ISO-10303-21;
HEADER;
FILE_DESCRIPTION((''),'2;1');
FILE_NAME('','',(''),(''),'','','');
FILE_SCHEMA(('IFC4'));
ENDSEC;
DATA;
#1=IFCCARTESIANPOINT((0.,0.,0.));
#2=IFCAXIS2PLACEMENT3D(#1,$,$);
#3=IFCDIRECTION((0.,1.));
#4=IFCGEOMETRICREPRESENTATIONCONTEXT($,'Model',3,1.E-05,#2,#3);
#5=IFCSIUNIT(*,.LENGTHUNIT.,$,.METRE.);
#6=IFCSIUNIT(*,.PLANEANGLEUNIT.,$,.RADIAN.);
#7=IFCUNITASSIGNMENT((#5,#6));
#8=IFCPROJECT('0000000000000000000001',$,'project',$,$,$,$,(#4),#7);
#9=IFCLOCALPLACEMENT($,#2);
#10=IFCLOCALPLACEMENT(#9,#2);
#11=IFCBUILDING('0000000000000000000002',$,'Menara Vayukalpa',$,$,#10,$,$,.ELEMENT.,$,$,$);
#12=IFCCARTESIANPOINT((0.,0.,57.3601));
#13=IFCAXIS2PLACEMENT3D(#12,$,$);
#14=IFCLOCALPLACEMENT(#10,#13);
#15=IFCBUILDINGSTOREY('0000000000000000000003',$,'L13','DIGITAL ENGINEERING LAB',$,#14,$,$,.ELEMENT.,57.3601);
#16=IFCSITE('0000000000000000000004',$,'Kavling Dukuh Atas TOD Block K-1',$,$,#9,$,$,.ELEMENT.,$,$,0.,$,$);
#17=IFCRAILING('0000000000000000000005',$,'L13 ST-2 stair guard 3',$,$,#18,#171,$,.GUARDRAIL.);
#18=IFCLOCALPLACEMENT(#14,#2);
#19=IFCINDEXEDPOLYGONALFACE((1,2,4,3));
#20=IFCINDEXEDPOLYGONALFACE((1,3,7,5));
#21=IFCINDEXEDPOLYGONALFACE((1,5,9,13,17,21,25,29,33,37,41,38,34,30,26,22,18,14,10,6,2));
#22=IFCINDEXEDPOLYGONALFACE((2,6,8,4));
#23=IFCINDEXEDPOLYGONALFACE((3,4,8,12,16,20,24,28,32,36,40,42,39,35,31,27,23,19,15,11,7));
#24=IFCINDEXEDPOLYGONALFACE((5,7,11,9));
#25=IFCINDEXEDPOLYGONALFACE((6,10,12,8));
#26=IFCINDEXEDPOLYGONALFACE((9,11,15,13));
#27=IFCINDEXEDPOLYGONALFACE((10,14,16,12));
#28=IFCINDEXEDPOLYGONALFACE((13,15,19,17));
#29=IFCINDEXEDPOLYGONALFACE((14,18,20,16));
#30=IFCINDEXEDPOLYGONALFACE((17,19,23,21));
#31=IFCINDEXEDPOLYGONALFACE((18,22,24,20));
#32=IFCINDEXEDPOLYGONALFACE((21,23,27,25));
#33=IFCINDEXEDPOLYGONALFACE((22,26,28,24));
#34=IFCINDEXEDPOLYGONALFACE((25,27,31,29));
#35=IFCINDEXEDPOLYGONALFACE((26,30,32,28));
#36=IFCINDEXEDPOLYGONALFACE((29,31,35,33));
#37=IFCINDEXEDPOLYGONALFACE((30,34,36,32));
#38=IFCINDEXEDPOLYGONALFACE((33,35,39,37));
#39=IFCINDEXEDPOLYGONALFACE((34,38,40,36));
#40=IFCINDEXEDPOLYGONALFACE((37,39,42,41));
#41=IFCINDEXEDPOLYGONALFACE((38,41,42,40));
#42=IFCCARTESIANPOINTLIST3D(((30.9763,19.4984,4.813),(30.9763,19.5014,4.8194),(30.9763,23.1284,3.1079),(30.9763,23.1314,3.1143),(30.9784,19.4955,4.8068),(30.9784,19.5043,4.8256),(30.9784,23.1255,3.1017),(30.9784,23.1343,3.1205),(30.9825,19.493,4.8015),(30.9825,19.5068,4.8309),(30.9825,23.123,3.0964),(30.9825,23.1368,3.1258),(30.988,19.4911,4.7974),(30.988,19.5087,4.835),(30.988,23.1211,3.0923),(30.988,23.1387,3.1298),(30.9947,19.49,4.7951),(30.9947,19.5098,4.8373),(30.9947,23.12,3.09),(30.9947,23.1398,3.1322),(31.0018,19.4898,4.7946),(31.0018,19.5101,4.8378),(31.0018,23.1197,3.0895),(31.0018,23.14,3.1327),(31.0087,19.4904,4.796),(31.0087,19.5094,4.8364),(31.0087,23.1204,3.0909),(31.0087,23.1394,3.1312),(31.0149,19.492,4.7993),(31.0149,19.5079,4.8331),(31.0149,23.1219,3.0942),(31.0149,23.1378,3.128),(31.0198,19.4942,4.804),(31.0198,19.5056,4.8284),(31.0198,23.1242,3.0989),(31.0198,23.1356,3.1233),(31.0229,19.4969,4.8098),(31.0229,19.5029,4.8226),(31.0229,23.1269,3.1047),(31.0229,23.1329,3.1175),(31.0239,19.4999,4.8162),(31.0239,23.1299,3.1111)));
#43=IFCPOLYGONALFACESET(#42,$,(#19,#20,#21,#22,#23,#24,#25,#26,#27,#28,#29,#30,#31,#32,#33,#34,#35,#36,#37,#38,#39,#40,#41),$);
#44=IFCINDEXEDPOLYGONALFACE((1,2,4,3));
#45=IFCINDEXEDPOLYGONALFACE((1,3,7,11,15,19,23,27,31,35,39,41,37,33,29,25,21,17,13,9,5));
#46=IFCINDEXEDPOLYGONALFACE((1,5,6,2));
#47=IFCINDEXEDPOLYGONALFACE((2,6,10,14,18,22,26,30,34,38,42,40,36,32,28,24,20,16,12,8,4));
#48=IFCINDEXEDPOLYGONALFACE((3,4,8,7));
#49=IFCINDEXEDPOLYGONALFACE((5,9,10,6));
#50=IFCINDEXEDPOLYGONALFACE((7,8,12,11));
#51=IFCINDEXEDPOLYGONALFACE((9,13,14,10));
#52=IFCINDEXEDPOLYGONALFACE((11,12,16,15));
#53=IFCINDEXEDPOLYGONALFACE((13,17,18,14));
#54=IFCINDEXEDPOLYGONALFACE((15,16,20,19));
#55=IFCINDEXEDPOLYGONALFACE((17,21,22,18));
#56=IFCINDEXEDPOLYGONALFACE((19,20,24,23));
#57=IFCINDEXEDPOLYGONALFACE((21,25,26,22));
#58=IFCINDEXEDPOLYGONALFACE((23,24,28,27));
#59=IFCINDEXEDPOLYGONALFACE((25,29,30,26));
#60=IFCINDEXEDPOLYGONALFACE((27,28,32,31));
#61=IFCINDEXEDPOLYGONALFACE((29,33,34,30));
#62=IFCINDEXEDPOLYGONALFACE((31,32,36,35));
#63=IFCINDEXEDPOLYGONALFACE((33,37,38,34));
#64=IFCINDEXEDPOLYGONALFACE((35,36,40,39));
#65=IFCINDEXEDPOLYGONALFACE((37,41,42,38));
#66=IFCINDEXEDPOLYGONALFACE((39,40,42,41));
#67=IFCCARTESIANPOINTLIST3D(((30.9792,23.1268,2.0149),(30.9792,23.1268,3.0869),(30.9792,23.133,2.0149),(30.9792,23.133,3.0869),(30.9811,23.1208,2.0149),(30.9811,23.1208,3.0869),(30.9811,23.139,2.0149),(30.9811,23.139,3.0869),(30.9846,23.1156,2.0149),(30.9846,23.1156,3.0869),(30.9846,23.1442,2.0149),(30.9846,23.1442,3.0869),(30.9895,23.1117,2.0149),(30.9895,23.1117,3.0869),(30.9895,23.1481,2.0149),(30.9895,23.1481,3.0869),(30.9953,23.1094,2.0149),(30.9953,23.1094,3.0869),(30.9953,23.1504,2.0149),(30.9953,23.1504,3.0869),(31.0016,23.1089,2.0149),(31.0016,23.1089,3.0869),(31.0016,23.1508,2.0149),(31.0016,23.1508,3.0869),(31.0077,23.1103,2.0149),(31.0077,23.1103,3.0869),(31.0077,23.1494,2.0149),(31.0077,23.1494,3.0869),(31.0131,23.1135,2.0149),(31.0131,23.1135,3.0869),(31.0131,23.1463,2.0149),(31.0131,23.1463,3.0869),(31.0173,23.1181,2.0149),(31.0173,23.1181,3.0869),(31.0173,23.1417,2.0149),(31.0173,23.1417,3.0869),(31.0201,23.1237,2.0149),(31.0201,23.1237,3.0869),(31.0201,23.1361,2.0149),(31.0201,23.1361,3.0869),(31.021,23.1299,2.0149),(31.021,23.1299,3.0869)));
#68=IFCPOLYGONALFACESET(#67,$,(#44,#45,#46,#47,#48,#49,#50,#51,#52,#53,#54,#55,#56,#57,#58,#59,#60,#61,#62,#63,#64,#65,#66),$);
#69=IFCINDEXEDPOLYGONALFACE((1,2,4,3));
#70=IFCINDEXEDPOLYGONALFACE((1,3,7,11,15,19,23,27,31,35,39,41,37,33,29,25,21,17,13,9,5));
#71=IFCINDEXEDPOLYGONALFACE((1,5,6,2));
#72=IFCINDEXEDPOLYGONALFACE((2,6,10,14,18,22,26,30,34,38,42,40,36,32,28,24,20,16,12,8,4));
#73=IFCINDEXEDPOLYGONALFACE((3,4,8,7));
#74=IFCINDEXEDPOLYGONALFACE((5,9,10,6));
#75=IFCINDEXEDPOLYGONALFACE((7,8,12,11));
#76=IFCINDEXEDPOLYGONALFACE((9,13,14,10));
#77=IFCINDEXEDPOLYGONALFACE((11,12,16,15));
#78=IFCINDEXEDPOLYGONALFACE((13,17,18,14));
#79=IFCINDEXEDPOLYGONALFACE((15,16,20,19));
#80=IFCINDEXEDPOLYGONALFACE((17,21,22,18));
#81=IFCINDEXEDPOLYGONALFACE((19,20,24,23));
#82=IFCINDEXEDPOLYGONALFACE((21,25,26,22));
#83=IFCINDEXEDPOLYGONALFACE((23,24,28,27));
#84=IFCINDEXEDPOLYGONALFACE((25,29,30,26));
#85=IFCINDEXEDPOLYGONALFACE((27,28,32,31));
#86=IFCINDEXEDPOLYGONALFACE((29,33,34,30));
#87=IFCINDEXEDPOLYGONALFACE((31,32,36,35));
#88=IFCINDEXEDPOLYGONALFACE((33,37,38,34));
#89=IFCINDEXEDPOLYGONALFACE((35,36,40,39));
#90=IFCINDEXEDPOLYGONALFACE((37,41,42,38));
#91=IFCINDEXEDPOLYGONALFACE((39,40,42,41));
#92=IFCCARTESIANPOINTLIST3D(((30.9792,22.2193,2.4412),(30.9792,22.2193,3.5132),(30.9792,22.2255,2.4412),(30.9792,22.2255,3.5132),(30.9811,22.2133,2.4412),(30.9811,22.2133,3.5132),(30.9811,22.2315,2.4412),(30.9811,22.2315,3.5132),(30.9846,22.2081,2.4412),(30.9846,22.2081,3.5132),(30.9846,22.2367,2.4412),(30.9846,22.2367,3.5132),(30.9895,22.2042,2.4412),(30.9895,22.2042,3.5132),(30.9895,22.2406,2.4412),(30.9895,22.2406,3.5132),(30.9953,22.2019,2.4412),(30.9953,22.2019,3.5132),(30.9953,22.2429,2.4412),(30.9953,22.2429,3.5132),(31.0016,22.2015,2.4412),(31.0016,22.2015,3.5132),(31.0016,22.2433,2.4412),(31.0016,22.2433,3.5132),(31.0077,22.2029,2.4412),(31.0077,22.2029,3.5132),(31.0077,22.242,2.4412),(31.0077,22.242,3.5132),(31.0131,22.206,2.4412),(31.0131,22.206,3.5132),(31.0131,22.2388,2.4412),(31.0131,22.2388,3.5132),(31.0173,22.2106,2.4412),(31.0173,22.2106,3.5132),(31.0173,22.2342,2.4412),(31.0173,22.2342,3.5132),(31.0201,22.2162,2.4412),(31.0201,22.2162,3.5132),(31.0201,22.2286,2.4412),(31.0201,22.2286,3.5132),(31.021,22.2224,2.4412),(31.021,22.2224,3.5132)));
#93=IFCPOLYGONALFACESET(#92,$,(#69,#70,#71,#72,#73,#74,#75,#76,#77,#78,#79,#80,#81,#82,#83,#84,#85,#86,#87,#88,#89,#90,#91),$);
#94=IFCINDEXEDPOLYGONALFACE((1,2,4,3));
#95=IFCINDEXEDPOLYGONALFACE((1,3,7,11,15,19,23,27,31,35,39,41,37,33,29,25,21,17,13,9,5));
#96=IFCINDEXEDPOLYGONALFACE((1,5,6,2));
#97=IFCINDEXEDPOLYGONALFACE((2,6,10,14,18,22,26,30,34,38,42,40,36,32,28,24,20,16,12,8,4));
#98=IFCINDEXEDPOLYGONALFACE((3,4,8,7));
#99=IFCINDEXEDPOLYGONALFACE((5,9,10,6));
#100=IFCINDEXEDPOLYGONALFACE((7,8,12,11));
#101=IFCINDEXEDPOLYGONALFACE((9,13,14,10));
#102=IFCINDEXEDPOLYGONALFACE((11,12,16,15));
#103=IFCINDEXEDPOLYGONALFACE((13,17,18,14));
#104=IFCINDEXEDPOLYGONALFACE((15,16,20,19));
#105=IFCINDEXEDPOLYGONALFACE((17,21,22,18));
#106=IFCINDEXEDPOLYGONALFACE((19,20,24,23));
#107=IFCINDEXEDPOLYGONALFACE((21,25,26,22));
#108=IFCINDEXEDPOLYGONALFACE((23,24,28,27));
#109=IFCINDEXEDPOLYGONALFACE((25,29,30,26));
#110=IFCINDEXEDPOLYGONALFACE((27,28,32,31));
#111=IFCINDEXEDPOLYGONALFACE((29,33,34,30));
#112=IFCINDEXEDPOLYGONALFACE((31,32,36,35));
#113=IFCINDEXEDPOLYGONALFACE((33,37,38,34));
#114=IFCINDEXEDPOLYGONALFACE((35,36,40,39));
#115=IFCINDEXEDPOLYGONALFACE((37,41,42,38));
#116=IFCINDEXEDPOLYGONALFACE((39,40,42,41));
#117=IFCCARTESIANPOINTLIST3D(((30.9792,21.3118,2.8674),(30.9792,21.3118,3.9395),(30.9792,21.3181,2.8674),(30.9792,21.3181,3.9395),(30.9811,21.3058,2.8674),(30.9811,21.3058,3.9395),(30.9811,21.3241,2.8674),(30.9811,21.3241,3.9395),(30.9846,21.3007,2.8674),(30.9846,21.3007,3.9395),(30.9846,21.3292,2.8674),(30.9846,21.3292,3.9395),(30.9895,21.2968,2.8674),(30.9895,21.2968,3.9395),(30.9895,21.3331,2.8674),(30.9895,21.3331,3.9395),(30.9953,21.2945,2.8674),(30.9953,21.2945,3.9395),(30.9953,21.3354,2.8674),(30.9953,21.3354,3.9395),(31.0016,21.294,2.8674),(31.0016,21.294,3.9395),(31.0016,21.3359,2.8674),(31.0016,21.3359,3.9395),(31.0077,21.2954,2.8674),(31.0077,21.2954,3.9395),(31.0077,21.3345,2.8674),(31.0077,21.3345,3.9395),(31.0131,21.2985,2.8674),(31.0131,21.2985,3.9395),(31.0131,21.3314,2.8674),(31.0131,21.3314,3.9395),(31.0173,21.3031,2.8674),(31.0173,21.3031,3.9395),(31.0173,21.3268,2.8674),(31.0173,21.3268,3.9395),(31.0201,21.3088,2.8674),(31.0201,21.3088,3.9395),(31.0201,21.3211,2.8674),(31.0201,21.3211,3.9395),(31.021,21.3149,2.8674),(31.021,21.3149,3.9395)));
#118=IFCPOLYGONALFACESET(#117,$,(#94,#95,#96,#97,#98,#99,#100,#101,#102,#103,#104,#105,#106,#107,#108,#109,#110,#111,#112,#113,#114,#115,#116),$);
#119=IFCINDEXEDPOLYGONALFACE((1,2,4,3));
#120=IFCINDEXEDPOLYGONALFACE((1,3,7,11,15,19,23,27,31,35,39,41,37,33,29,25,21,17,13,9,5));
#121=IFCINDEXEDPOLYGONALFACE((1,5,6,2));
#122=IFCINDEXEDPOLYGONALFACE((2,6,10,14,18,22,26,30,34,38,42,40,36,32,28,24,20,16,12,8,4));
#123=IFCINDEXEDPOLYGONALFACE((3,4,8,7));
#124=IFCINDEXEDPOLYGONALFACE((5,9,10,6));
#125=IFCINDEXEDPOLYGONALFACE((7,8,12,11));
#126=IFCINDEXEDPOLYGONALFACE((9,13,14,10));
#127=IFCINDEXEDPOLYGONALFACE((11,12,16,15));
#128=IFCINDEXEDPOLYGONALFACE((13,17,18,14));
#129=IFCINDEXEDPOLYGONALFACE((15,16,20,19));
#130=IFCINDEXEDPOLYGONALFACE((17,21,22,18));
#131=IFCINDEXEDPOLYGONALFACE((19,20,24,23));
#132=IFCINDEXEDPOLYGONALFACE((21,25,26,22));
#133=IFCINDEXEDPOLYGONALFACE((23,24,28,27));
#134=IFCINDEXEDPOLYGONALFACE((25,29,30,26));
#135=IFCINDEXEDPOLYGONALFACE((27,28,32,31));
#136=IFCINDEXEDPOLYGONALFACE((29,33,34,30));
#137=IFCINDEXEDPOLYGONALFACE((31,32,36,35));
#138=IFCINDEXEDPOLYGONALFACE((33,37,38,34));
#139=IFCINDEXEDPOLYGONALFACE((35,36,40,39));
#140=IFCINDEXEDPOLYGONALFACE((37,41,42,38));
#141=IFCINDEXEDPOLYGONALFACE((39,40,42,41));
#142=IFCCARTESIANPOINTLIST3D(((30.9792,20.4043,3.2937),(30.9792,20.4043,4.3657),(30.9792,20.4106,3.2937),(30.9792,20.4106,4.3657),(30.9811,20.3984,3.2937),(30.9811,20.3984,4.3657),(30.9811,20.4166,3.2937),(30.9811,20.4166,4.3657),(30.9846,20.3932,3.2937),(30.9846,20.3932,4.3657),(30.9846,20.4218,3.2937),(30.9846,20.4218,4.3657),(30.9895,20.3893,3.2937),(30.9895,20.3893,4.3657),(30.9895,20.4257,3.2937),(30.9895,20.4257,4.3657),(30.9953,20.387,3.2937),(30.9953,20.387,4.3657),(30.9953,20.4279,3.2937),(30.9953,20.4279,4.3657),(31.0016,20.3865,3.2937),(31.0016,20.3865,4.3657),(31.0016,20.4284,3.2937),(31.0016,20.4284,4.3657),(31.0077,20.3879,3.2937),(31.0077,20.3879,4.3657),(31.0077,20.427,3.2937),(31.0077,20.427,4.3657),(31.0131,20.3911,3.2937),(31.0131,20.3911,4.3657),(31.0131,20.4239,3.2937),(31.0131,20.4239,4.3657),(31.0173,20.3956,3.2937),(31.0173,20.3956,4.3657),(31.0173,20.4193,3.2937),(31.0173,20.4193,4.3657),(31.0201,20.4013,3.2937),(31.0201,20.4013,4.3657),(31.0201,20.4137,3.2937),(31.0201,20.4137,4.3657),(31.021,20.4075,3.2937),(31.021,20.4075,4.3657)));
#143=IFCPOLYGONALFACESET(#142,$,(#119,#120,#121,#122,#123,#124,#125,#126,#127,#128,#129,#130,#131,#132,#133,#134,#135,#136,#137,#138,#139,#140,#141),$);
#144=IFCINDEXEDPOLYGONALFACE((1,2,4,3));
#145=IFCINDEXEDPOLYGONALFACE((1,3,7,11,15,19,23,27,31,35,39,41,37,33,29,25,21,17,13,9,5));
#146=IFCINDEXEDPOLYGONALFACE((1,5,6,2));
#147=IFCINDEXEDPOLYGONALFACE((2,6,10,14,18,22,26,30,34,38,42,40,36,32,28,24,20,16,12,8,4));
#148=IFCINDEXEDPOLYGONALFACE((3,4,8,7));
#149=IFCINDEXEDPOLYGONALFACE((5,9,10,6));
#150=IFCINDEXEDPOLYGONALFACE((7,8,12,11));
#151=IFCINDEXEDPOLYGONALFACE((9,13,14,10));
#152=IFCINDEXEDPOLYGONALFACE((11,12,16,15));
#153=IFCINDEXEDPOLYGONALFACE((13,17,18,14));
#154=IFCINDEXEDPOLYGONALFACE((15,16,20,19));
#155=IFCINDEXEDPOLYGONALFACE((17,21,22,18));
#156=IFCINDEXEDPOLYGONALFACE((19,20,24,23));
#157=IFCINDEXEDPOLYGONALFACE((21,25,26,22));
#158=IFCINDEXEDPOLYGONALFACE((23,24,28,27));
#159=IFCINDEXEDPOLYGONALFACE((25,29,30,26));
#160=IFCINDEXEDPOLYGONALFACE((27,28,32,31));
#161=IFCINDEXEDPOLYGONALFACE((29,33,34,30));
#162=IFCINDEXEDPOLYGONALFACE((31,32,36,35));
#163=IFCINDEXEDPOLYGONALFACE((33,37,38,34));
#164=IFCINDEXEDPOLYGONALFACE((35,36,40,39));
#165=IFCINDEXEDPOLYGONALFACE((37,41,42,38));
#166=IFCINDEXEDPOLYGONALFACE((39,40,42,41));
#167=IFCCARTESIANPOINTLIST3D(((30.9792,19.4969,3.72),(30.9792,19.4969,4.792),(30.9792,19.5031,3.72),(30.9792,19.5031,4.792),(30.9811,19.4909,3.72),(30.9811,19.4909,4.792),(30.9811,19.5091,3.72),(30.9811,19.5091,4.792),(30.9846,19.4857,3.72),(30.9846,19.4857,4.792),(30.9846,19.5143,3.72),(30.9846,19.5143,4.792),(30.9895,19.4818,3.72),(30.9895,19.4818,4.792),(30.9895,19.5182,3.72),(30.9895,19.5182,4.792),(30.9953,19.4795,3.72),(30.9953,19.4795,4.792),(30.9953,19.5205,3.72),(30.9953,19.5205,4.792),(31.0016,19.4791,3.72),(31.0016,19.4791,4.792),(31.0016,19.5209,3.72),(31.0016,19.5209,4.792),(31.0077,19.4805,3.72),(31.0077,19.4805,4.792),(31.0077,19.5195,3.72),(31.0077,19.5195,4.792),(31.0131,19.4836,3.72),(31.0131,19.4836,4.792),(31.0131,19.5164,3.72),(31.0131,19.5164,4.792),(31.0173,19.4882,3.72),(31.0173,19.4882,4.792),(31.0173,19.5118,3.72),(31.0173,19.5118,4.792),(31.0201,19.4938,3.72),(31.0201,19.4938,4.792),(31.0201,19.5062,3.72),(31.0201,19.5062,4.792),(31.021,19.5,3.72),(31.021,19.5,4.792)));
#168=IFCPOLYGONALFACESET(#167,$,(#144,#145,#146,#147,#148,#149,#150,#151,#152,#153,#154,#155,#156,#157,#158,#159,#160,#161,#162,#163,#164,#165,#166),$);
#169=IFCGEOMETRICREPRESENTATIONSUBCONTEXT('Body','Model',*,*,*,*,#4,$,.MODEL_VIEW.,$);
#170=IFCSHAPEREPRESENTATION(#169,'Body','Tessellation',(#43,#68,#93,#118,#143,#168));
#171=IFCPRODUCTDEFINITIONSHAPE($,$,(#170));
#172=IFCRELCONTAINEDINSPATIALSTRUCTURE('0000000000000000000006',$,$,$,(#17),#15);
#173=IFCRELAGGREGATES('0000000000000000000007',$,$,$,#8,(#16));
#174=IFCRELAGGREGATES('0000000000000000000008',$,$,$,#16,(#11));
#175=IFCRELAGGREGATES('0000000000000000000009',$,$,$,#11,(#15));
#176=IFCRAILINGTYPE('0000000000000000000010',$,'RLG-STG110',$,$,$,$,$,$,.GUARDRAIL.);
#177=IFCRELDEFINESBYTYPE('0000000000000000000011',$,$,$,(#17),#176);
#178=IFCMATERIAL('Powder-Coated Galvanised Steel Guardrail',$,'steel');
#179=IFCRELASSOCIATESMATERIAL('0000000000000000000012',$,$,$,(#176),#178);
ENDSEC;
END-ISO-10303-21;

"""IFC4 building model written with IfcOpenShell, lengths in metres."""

from ifc_helpers import new_model, si_unit, direction, frame, origin, origin_2d, place, context, subcontext, project, spatial, circle, extrude, material, type_object, element, save


model = new_model("IFC4")

# Units and contexts
model_context = context("Model", 3, precision=1e-05, world=origin(), true_north=direction((0.0, 1.0)))
body_context = subcontext(model_context, "Body", "Model", "MODEL_VIEW")
ifc_project = project(units=[si_unit("LENGTHUNIT", "METRE"), si_unit("PLANEANGLEUNIT", "RADIAN")], contexts=[model_context])

# Site, building, storey
site_placement = place(None, origin())
site = spatial("IfcSite", under=ifc_project, at=site_placement, Name="Kavling Dukuh Atas TOD Block K-1", CompositionType="ELEMENT", RefElevation=0.0)
building_placement = place(site_placement, origin())
building = spatial("IfcBuilding", under=site, at=building_placement, Name="Menara Vayukalpa", CompositionType="ELEMENT")
storey_placement = place(building_placement, frame((0.0, 0.0, 57.3601)))
storey = spatial("IfcBuildingStorey", under=building, at=storey_placement, Name="L13", Description="DIGITAL ENGINEERING LAB", CompositionType="ELEMENT", Elevation=57.3601)

# Railing
ifc_material_1 = material(Name="Powder-Coated Galvanised Steel Guardrail", Category="steel")
railing_type_1 = type_object("IfcRailingType", Name="RLG-STG110", PredefinedType="GUARDRAIL", material=ifc_material_1)
railing_1_placement = place(storey_placement, frame((31.0, 23.1299, 2.0149)))
element("IfcRailing", 1, at=railing_1_placement, inside=storey, type_object=railing_type_1, Name="L13 ST-2 stair guard 3", PredefinedType="GUARDRAIL", context=body_context, shape_type="SweptSolid", body=[
    extrude(circle(Radius=0.0239, at=origin_2d()), frame((0.0, 0.0, 1.0962), z_axis=(0.0, -0.905116, 0.425164), x_axis=(1.0, 0.0, 0.0)), (0.0, 0.0, 1.0), 4.0105),
    extrude(circle(Radius=0.021, at=origin_2d()), origin(), (0.0, 0.0, 1.0), 1.072),
    extrude(circle(Radius=0.021, at=origin_2d()), frame((0.0, -0.9075, 0.4263)), (0.0, 0.0, 1.0), 1.072),
    extrude(circle(Radius=0.021, at=origin_2d()), frame((0.0, -1.8149, 0.8525)), (0.0, 0.0, 1.0), 1.072),
    extrude(circle(Radius=0.021, at=origin_2d()), frame((0.0, -2.7224, 1.2788)), (0.0, 0.0, 1.0), 1.072),
    extrude(circle(Radius=0.021, at=origin_2d()), frame((0.0, -3.6299, 1.7051)), (0.0, 0.0, 1.0), 1.072),
])

save(model, "model.ifc")
